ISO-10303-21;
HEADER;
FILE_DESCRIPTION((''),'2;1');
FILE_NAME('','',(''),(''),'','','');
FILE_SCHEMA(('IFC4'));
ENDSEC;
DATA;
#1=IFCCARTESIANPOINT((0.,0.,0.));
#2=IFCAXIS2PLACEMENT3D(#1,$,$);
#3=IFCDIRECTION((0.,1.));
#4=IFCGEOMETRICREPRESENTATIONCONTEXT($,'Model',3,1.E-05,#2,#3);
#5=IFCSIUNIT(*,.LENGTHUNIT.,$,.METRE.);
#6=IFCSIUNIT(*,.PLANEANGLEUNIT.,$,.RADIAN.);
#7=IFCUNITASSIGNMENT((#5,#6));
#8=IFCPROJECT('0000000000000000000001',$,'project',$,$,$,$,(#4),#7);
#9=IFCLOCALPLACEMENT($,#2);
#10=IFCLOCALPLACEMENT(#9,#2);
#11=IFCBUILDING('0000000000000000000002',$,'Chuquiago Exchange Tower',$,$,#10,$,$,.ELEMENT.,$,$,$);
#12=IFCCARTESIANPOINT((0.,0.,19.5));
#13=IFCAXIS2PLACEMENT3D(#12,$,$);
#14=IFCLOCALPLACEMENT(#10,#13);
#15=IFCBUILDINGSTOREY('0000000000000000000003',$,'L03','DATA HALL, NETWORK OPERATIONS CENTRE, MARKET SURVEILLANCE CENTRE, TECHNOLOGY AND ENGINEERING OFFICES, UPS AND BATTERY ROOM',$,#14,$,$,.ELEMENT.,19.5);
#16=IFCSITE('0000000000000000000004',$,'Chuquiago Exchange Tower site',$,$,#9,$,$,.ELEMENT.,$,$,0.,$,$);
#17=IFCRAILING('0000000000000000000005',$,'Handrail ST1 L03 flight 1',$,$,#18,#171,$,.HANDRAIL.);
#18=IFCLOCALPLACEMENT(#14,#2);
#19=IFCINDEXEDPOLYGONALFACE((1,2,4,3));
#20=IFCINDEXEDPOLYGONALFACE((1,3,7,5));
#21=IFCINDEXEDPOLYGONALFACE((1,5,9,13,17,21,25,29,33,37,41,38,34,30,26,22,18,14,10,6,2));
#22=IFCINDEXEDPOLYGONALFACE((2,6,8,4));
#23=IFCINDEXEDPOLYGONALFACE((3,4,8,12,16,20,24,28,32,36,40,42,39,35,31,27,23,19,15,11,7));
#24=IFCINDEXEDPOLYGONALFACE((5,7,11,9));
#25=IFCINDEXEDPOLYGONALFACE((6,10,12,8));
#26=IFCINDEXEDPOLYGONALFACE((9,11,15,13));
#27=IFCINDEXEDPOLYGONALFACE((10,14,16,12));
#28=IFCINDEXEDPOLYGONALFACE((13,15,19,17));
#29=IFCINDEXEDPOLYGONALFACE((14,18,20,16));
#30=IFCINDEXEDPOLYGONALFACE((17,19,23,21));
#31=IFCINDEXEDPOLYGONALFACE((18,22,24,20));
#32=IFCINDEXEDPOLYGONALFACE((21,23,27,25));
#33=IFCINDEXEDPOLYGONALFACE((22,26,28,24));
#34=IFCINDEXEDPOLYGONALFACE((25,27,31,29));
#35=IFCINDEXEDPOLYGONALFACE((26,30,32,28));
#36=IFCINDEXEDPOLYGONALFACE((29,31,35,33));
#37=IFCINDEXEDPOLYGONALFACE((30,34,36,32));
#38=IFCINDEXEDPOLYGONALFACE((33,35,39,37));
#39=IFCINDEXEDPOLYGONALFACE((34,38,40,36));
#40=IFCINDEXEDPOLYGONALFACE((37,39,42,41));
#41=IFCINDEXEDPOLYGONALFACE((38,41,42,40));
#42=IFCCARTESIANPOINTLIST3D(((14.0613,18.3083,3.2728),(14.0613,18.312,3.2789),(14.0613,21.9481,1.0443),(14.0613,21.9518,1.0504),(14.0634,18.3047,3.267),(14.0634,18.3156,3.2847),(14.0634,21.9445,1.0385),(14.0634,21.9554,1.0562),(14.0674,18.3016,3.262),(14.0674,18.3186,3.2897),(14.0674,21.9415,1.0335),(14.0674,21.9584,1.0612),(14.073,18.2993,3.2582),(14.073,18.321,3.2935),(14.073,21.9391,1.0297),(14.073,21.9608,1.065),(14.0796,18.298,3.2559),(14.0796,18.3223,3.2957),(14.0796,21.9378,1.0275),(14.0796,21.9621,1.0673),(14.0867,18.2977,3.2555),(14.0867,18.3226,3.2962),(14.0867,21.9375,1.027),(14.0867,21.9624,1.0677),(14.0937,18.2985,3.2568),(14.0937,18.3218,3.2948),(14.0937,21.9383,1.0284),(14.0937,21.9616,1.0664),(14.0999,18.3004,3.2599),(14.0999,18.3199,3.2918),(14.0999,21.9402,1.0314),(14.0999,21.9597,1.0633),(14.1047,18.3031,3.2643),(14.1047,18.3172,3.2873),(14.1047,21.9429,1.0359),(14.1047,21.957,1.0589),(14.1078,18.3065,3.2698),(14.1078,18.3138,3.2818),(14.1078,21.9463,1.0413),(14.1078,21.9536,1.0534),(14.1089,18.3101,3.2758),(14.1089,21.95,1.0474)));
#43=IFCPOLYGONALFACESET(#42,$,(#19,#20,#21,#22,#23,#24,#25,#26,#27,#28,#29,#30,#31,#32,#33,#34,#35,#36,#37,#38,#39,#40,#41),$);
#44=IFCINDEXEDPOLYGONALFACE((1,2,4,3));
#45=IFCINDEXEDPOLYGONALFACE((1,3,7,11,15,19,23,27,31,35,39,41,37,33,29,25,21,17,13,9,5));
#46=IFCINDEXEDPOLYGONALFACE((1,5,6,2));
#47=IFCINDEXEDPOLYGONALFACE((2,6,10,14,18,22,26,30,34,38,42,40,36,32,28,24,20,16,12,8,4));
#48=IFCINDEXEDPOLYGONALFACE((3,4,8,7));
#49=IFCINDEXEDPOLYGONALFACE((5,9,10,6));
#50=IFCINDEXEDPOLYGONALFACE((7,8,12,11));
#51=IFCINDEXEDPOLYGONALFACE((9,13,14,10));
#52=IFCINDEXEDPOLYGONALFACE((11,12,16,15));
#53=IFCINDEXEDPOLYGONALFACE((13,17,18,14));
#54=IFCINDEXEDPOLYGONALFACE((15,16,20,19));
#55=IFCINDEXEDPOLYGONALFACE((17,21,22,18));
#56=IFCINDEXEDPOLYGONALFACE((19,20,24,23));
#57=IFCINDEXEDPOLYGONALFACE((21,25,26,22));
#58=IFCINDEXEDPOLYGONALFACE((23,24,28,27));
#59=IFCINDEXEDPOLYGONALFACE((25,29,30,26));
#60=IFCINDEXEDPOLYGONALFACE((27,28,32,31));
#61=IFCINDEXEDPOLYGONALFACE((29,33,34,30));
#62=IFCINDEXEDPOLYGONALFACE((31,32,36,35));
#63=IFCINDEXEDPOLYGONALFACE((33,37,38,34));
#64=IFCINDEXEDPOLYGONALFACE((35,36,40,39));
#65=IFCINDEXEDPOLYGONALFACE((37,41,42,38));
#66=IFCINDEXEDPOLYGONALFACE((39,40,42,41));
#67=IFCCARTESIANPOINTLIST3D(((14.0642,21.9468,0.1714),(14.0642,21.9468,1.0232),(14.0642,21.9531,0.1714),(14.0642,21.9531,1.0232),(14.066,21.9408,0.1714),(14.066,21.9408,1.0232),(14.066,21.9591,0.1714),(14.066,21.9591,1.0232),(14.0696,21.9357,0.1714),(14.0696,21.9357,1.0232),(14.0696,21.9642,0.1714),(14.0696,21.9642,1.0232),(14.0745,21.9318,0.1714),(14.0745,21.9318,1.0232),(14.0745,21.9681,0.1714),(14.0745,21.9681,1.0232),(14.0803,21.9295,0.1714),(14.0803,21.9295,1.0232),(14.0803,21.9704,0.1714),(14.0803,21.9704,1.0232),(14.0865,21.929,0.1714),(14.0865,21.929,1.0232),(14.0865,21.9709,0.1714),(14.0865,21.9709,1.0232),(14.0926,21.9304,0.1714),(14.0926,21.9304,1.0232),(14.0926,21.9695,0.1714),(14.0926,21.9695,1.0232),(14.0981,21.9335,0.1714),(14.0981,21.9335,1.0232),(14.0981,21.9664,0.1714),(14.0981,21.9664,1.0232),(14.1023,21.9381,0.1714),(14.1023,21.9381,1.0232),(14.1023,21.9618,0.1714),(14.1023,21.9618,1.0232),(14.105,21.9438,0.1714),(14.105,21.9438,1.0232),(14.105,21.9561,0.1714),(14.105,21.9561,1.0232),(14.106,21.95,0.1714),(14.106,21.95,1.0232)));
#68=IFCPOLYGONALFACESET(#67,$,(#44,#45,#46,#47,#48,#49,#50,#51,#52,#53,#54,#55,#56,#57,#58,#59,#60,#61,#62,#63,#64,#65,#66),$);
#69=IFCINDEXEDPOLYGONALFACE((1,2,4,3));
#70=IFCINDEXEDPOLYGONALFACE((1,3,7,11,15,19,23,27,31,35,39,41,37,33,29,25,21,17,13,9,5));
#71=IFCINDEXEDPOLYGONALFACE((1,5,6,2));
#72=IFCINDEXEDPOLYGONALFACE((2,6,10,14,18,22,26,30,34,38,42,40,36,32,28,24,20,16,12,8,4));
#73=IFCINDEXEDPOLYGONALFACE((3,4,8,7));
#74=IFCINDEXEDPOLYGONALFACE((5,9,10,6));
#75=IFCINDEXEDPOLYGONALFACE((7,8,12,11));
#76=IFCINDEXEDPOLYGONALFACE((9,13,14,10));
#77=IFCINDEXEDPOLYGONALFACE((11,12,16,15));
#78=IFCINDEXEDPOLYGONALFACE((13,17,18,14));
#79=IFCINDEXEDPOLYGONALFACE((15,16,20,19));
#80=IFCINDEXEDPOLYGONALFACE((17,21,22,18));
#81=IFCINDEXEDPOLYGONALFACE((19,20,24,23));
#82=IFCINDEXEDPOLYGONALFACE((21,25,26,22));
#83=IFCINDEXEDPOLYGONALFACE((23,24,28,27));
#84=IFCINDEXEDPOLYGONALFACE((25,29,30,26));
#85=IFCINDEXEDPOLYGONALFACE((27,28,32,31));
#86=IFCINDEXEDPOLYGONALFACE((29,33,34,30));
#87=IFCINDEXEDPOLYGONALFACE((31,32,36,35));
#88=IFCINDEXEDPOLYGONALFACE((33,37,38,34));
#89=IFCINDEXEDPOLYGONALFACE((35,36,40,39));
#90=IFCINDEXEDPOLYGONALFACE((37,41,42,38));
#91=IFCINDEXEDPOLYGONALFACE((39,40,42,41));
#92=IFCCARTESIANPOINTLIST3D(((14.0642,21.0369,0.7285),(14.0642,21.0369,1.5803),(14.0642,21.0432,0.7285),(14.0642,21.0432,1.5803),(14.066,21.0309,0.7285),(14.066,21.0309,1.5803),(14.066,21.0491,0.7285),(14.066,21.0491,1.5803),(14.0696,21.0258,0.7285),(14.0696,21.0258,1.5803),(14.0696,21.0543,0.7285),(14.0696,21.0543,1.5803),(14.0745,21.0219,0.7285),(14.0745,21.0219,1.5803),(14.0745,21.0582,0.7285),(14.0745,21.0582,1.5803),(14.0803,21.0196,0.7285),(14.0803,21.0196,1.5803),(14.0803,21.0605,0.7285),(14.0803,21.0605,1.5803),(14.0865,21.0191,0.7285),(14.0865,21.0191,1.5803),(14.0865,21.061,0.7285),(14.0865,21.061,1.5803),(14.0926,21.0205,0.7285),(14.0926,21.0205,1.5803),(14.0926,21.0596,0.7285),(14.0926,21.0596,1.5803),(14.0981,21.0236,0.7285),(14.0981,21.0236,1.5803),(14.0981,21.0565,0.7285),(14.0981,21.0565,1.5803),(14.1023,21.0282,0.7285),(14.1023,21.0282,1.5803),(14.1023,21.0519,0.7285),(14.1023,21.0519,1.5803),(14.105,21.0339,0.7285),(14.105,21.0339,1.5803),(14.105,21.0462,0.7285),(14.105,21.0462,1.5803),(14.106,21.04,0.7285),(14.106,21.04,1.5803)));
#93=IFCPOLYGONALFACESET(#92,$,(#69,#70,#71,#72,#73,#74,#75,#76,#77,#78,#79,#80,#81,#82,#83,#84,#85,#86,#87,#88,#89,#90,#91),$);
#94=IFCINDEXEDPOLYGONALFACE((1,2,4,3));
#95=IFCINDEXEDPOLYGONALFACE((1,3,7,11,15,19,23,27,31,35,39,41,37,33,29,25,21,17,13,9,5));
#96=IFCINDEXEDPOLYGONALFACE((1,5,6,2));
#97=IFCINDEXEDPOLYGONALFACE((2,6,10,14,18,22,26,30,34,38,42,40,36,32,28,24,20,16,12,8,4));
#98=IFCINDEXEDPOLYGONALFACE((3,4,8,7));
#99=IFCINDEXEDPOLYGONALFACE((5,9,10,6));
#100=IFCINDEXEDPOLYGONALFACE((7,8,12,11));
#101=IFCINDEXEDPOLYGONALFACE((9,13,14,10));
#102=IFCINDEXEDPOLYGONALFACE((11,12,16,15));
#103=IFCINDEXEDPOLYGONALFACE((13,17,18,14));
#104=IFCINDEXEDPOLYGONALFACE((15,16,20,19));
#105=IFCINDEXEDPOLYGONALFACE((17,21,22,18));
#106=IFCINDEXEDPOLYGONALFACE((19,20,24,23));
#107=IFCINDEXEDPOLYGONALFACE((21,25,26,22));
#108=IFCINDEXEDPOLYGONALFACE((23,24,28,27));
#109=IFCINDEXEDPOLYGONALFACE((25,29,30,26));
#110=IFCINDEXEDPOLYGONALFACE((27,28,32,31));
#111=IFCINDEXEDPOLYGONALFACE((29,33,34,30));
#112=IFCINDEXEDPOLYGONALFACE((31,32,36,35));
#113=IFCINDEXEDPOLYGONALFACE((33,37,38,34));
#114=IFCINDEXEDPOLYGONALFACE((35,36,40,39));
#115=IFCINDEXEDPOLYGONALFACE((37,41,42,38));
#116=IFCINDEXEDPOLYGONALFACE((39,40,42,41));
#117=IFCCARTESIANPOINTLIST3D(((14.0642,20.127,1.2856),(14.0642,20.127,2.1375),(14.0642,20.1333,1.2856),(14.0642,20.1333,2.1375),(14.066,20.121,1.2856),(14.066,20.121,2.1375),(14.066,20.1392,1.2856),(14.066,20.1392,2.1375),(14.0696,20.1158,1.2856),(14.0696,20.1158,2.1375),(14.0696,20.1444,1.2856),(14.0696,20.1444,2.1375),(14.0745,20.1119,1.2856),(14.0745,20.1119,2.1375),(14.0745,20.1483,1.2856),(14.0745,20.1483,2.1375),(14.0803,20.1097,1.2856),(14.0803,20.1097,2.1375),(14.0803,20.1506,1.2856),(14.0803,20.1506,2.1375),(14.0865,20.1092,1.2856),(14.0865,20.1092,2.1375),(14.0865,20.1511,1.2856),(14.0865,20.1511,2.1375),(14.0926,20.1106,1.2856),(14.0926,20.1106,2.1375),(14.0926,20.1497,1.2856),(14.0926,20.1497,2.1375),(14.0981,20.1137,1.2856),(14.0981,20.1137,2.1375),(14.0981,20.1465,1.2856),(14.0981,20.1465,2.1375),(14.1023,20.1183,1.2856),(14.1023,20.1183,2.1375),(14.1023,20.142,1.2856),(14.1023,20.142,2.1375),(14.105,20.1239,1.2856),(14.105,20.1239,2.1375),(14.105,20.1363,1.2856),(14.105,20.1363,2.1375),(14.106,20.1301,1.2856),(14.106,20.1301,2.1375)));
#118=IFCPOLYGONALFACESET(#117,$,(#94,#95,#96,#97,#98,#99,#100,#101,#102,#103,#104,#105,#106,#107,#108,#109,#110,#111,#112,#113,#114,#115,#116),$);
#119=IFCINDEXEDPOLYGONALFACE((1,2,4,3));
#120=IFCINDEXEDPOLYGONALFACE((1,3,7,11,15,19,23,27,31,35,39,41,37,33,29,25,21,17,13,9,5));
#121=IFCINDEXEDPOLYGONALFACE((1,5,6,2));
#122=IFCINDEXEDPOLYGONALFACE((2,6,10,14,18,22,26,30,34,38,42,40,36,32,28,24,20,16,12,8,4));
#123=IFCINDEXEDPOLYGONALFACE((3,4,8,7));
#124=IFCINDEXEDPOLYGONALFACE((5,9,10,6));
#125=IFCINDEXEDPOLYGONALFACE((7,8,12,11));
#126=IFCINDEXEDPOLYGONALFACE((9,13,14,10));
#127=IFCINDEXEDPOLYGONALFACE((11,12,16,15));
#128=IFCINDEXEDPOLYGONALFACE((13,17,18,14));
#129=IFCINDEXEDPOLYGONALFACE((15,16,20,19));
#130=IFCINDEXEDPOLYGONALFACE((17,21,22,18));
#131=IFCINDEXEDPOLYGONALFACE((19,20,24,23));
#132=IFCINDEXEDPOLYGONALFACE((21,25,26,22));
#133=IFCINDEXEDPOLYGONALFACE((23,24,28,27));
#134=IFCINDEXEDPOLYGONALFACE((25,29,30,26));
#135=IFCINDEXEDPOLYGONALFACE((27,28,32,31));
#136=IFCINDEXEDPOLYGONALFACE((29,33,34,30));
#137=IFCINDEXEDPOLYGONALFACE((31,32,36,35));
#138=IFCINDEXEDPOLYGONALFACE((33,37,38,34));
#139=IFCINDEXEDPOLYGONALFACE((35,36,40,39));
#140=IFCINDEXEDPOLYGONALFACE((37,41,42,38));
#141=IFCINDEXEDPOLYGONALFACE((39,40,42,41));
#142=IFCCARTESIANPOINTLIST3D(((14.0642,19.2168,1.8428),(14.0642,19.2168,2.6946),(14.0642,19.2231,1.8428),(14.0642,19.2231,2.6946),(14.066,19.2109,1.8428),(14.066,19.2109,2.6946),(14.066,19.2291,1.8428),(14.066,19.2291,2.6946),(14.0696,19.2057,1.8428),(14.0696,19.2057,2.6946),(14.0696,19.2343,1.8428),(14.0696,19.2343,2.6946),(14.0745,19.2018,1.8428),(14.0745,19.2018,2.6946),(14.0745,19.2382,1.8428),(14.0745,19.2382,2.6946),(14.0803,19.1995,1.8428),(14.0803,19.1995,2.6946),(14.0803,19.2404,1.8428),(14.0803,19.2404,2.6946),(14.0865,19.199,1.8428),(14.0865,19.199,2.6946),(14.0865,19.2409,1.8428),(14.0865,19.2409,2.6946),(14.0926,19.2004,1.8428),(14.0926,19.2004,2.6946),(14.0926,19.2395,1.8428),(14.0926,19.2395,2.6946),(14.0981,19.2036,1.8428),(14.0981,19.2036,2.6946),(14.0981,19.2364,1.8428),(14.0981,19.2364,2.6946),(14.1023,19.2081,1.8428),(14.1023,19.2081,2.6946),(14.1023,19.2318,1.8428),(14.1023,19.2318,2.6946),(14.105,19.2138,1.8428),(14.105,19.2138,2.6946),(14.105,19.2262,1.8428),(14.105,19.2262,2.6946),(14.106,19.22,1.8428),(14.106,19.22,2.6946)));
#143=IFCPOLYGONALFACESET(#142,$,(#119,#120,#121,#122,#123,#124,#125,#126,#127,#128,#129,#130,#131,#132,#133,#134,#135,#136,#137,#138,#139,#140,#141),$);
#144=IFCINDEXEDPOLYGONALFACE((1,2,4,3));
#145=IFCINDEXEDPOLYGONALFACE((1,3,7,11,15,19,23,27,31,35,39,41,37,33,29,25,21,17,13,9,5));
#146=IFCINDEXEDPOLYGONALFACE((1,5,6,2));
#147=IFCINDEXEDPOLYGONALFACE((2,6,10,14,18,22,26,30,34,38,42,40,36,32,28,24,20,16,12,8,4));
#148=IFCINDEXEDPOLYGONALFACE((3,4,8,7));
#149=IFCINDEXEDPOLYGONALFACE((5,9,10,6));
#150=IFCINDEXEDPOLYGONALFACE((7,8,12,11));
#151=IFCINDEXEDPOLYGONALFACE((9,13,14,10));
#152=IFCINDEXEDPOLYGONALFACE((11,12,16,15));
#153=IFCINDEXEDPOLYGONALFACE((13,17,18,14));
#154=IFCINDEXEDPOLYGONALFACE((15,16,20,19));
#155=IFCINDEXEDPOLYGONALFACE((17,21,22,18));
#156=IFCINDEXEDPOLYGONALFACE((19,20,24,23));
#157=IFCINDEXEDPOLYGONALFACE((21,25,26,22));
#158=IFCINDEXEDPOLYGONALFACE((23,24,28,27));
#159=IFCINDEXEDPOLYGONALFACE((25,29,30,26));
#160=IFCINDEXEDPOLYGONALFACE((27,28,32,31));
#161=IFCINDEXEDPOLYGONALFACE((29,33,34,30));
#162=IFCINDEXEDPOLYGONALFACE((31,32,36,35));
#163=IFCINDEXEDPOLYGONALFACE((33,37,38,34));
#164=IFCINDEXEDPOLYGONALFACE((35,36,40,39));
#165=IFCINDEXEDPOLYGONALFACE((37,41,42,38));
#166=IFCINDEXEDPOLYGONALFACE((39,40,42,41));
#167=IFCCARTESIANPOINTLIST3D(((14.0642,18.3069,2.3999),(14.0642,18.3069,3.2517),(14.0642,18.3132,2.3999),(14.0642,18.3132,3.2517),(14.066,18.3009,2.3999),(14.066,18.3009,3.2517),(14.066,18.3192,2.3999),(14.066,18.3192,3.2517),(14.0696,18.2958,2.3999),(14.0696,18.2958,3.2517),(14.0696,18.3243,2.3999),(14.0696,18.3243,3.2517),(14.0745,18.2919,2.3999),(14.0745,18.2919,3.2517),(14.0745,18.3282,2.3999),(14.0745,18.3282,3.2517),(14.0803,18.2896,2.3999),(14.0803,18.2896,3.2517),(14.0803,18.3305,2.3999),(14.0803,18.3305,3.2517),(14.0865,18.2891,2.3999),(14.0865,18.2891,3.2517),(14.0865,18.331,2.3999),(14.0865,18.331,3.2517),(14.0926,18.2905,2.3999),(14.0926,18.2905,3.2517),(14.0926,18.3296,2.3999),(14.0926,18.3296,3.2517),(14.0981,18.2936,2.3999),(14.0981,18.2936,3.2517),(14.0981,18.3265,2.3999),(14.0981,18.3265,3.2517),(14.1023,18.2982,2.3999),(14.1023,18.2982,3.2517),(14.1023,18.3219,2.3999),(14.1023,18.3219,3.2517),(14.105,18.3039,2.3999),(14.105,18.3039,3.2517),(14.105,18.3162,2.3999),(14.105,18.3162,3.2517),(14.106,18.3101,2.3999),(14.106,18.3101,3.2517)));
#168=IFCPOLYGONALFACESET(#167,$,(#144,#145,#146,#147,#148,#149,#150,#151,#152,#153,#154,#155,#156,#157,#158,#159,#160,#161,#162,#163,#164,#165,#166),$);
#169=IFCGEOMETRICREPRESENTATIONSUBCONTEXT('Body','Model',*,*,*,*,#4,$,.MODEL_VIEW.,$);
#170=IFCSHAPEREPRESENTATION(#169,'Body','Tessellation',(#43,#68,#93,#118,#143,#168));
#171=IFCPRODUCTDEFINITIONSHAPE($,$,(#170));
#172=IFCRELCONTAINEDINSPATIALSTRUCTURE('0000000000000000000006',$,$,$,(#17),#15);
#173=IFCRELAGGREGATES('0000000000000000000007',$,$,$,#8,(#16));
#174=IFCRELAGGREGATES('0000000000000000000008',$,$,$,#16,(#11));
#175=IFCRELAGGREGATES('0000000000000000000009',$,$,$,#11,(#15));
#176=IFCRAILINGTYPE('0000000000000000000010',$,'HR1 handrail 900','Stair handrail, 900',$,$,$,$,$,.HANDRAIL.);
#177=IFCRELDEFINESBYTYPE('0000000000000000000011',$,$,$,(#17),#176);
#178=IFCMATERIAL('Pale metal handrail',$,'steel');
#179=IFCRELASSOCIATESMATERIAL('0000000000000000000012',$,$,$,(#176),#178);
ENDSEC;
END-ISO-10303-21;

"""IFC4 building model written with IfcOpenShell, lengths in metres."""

from ifc_helpers import new_model, si_unit, direction, frame, origin, origin_2d, place, context, subcontext, project, spatial, circle, extrude, material, type_object, element, save


model = new_model("IFC4")

# Units and contexts
model_context = context("Model", 3, precision=1e-05, world=origin(), true_north=direction((0.0, 1.0)))
body_context = subcontext(model_context, "Body", "Model", "MODEL_VIEW")
ifc_project = project(units=[si_unit("LENGTHUNIT", "METRE"), si_unit("PLANEANGLEUNIT", "RADIAN")], contexts=[model_context])

# Site, building, storey
site_placement = place(None, origin())
site = spatial("IfcSite", under=ifc_project, at=site_placement, Name="Chuquiago Exchange Tower site", CompositionType="ELEMENT", RefElevation=0.0)
building_placement = place(site_placement, origin())
building = spatial("IfcBuilding", under=site, at=building_placement, Name="Chuquiago Exchange Tower", CompositionType="ELEMENT")
storey_placement = place(building_placement, frame((0.0, 0.0, 19.5)))
storey = spatial("IfcBuildingStorey", under=building, at=storey_placement, Name="L03", Description="DATA HALL, NETWORK OPERATIONS CENTRE, MARKET SURVEILLANCE CENTRE, TECHNOLOGY AND ENGINEERING OFFICES, UPS AND BATTERY ROOM", CompositionType="ELEMENT", Elevation=19.5)

# Railing
ifc_material_1 = material(Name="Pale metal handrail", Category="steel")
railing_type = type_object("IfcRailingType", Name="HR1 handrail 900", Description="Stair handrail, 900", PredefinedType="HANDRAIL", material=ifc_material_1)
for number, where, name in (
    (1, (14.085, 21.95, 0.1714), "Handrail ST1 L03 flight 1"),
):
    element("IfcRailing", number, at=place(storey_placement, frame(where)), inside=storey, type_object=railing_type, Name=name, PredefinedType="HANDRAIL", context=body_context, shape_type="SweptSolid", body=[
        extrude(circle(Radius=0.0239, at=origin_2d()), frame((0.0, 0.0, 0.876), z_axis=(0.0, -0.85285, 0.522156), x_axis=(1.0, 0.0, 0.0)), (0.0, 0.0, 1.0), 4.2678),
        extrude(circle(Radius=0.021, at=origin_2d()), origin(), (0.0, 0.0, 1.0), 0.8518),
        extrude(circle(Radius=0.021, at=origin_2d()), frame((0.0, -0.9099, 0.5571)), (0.0, 0.0, 1.0), 0.8518),
        extrude(circle(Radius=0.021, at=origin_2d()), frame((0.0, -1.8198, 1.1143)), (0.0, 0.0, 1.0), 0.8518),
        extrude(circle(Radius=0.021, at=origin_2d()), frame((0.0, -2.73, 1.6714)), (0.0, 0.0, 1.0), 0.8518),
        extrude(circle(Radius=0.021, at=origin_2d()), frame((0.0, -3.6399, 2.2285)), (0.0, 0.0, 1.0), 0.8518),
    ])

save(model, "model.ifc")
